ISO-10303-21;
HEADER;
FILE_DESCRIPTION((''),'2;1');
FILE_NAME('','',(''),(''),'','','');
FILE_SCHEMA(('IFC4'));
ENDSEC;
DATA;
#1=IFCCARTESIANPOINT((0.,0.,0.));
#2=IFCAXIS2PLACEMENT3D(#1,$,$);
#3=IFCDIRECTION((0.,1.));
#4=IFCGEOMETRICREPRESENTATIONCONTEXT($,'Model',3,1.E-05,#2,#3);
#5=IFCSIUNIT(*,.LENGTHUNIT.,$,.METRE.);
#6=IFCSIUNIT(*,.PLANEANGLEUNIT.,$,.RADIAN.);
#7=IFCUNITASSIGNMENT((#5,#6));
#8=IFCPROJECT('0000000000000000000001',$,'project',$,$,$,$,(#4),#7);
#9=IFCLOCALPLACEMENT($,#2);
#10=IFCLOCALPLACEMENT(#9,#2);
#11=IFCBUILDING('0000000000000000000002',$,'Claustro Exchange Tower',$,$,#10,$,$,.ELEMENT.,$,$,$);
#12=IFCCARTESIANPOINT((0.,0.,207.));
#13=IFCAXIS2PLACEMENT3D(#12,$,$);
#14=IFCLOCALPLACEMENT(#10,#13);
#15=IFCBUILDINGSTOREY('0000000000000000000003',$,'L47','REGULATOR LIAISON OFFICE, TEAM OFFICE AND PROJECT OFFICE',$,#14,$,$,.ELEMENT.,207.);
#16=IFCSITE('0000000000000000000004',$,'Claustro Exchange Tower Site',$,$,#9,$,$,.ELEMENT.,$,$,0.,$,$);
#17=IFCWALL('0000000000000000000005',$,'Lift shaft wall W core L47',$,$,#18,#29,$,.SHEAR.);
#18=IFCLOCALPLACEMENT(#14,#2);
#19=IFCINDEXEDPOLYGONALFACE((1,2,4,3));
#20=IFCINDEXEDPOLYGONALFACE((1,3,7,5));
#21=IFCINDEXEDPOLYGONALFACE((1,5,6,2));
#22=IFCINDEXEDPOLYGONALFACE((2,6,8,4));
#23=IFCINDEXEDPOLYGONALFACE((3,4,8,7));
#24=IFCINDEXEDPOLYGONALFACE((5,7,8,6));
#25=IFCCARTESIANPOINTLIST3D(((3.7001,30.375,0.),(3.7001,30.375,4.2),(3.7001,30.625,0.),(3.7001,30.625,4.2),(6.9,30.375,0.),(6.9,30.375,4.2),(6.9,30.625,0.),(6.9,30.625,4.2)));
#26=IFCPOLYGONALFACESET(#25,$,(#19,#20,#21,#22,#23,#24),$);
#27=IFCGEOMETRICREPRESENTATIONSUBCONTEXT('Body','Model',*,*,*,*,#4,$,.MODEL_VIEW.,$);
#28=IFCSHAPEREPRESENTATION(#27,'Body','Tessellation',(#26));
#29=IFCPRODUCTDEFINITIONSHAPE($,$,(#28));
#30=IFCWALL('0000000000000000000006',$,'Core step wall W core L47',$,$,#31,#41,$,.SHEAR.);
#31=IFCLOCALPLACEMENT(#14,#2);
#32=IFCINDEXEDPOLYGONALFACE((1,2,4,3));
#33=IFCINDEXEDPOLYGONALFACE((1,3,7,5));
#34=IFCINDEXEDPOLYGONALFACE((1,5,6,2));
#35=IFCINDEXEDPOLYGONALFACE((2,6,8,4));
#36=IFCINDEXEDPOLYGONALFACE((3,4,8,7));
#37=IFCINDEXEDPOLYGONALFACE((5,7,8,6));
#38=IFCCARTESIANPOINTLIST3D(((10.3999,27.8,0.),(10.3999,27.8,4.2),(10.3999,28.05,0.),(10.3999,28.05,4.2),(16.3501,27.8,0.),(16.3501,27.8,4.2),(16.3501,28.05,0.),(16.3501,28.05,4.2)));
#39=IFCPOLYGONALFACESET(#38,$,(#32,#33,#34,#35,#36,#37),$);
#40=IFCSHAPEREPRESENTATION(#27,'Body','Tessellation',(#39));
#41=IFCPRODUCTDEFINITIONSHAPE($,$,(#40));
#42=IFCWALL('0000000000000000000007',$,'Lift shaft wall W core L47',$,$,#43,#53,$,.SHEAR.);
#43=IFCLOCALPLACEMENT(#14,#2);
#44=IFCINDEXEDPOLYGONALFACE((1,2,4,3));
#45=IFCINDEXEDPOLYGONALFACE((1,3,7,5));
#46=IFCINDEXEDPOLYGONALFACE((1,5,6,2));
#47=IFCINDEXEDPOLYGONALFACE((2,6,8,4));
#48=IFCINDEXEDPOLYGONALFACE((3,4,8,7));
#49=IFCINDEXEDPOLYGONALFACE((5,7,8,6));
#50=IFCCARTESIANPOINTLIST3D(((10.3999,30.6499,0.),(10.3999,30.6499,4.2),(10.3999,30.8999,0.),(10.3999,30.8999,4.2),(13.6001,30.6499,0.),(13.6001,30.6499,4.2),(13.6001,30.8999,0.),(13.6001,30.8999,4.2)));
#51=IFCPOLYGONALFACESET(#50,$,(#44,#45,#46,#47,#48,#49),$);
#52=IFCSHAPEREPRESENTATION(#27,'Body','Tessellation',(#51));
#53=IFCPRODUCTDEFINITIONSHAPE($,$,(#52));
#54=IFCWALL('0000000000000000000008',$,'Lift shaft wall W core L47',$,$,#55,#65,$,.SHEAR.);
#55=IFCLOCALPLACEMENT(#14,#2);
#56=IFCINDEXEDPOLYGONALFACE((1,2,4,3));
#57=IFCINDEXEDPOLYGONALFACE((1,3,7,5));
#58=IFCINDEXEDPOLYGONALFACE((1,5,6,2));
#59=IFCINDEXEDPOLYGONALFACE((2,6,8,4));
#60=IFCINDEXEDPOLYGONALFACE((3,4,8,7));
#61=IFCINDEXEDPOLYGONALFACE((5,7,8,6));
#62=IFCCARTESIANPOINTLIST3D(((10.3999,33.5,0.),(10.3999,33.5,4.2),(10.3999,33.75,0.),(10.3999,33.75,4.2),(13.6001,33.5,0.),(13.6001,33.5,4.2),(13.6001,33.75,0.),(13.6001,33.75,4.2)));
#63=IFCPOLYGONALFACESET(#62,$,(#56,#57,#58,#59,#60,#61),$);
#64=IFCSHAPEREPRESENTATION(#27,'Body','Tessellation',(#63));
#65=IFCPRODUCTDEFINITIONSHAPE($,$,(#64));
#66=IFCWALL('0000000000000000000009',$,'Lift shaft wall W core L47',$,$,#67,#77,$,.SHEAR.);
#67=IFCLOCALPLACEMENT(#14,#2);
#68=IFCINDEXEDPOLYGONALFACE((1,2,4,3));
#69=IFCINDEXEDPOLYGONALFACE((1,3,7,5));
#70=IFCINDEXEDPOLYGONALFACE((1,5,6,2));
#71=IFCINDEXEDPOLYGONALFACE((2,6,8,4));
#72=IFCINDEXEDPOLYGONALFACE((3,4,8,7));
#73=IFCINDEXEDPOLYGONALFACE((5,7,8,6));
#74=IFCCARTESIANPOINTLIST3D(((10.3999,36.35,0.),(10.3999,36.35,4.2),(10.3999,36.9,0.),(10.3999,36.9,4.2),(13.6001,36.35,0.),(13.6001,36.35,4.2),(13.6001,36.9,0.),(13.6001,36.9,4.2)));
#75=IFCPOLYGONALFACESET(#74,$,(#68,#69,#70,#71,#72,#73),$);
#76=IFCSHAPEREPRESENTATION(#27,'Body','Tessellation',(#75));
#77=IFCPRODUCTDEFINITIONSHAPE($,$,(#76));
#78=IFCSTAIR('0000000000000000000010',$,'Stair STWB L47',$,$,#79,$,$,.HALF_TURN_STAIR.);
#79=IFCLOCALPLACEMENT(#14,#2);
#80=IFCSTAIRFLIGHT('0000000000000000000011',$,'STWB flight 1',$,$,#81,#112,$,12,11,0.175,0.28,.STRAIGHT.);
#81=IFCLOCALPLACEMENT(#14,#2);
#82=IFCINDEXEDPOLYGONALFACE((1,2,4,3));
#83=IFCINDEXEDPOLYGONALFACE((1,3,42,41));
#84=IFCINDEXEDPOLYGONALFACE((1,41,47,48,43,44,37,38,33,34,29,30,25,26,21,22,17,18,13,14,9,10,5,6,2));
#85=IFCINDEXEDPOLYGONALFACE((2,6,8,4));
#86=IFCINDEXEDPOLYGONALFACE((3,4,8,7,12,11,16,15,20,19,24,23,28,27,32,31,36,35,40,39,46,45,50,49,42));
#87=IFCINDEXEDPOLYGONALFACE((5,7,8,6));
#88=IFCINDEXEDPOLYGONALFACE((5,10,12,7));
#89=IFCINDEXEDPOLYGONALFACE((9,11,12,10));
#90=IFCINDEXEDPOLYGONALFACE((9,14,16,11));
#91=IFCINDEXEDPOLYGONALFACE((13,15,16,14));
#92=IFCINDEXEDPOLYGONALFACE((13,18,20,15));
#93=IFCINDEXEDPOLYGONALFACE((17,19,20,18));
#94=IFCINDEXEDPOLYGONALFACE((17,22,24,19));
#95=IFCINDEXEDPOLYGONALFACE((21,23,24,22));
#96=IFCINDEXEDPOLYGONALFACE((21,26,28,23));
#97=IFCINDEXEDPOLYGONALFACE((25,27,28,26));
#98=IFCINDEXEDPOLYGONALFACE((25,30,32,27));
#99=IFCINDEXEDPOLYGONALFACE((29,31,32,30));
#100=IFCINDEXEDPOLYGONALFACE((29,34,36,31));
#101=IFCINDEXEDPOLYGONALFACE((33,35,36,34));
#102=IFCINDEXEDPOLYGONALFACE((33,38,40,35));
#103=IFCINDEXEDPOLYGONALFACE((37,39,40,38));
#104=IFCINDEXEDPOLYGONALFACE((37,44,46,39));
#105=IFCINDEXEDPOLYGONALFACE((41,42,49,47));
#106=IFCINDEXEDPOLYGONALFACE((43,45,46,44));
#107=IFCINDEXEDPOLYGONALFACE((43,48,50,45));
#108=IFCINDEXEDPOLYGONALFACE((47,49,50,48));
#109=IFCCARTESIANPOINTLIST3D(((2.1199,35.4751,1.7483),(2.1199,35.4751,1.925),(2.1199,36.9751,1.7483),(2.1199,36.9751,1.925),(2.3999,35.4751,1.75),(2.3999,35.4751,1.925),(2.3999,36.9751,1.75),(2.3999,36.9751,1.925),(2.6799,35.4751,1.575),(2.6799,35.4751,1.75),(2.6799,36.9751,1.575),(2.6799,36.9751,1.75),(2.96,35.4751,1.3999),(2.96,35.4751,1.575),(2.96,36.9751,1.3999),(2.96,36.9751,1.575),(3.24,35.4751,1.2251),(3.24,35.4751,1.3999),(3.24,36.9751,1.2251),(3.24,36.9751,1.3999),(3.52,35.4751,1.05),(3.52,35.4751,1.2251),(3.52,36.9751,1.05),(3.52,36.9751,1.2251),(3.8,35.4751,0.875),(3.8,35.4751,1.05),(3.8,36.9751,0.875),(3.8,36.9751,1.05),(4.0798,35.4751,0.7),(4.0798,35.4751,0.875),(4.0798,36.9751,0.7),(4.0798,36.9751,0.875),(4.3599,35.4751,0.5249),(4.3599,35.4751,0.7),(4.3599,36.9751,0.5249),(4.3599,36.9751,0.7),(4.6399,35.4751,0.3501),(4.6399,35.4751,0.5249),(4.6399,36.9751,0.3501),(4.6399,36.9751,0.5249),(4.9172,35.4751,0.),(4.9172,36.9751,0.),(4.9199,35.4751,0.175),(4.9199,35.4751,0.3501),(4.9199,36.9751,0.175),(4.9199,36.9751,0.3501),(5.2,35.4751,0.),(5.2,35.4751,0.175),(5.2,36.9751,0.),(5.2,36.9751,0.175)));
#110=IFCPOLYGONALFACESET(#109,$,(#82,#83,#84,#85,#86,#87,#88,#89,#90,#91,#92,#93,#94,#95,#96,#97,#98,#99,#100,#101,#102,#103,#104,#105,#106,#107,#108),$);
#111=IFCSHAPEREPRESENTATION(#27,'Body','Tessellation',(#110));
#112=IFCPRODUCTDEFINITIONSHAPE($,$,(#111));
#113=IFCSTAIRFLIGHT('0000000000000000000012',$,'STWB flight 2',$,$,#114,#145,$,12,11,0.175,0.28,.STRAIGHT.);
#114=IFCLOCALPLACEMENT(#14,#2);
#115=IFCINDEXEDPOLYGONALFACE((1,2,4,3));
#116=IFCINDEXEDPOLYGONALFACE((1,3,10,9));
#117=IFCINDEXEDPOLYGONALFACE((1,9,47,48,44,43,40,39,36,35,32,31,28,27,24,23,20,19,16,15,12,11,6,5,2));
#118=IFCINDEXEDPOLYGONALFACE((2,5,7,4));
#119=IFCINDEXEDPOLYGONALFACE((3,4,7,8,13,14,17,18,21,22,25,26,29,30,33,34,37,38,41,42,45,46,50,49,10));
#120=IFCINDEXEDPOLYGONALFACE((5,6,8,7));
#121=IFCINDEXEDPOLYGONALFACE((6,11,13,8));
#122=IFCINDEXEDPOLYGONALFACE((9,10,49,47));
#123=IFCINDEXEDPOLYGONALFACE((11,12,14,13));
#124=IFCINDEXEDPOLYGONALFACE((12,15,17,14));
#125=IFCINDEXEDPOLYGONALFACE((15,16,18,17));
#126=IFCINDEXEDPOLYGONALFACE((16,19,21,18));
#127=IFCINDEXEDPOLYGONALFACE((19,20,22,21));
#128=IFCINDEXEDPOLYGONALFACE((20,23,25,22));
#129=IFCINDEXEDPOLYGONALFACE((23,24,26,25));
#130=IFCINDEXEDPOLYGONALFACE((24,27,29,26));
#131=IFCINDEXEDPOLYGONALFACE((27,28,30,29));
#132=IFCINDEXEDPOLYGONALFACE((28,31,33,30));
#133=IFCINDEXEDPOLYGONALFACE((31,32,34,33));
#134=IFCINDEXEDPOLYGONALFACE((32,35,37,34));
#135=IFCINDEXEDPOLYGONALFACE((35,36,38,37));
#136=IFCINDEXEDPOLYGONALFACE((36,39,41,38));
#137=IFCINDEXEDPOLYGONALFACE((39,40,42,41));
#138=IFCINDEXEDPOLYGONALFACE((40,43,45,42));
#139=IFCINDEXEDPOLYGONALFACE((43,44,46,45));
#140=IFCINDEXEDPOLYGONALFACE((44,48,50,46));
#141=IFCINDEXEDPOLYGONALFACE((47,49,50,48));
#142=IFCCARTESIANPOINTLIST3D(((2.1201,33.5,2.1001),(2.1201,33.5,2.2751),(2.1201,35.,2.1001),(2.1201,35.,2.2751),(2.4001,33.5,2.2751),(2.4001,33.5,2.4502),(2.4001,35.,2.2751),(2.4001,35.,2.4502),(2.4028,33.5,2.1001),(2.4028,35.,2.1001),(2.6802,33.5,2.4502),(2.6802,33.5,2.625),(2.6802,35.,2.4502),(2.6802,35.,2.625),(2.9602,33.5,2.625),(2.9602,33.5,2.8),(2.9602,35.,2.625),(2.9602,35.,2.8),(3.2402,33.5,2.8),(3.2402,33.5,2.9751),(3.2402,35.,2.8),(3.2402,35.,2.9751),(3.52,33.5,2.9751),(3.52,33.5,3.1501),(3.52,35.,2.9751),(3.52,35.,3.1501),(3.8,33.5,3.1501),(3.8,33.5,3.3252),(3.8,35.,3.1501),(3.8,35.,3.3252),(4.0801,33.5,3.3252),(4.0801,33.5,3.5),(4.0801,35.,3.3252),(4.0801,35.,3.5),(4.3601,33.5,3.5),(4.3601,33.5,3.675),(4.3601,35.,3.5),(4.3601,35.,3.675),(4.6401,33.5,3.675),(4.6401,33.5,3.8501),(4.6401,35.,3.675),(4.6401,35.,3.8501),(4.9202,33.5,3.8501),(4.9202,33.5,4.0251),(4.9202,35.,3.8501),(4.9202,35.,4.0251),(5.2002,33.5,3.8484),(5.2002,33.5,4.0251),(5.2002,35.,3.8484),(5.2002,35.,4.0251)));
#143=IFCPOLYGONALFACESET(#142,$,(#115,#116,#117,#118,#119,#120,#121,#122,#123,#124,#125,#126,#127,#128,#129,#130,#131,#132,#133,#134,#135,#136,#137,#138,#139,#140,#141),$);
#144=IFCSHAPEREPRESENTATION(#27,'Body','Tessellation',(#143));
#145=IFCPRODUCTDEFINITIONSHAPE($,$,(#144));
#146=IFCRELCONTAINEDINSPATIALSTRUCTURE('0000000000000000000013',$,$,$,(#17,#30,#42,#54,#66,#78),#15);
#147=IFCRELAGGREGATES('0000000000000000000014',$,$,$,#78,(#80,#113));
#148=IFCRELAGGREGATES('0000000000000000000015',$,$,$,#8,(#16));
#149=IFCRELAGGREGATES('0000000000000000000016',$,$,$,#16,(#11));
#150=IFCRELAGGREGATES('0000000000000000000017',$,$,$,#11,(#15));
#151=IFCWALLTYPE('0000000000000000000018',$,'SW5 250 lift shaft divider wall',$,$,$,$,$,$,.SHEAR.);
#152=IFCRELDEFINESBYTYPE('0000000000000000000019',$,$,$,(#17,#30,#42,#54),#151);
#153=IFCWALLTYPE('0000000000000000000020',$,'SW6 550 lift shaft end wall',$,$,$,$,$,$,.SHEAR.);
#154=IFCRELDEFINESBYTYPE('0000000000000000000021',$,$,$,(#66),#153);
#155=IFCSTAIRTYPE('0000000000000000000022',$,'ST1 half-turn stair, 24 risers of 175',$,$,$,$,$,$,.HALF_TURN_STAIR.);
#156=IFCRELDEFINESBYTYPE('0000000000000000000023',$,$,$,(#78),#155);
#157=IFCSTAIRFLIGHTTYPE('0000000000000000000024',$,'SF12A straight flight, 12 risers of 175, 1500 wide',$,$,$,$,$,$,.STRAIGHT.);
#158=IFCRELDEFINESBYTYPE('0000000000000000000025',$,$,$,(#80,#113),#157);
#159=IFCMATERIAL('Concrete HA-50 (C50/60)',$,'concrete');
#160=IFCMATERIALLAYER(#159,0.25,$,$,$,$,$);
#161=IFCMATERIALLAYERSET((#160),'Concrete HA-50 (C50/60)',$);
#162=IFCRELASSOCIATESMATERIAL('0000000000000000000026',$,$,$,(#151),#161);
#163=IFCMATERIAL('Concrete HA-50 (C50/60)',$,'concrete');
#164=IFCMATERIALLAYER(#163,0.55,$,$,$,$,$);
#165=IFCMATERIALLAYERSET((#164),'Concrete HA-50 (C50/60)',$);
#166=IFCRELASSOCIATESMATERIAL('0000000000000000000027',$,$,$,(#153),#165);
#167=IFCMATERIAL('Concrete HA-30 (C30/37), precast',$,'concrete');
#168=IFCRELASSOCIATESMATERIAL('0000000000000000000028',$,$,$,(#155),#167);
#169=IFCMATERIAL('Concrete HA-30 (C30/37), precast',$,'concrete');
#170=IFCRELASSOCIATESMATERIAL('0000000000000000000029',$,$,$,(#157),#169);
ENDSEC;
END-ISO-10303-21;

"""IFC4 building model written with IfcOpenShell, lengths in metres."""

from ifc_helpers import new_model, si_unit, direction, frame, frame_2d, origin, place, context, subcontext, project, spatial, polyline, rectangle, outline, extrude, material, layer, layer_set, type_object, element, aggregate, save


model = new_model("IFC4")

# Units and contexts
model_context = context("Model", 3, precision=1e-05, world=origin(), true_north=direction((0.0, 1.0)))
body_context = subcontext(model_context, "Body", "Model", "MODEL_VIEW")
ifc_project = project(units=[si_unit("LENGTHUNIT", "METRE"), si_unit("PLANEANGLEUNIT", "RADIAN")], contexts=[model_context])

# Site, building, storey
site_placement = place(None, origin())
site = spatial("IfcSite", under=ifc_project, at=site_placement, Name="Claustro Exchange Tower Site", CompositionType="ELEMENT", RefElevation=0.0)
building_placement = place(site_placement, origin())
building = spatial("IfcBuilding", under=site, at=building_placement, Name="Claustro Exchange Tower", CompositionType="ELEMENT")
storey_placement = place(building_placement, frame((0.0, 0.0, 207.0)))
storey = spatial("IfcBuildingStorey", under=building, at=storey_placement, Name="L47", Description="REGULATOR LIAISON OFFICE, TEAM OFFICE AND PROJECT OFFICE", CompositionType="ELEMENT", Elevation=207.0)

# Walls
ifc_material_1 = material(Name="Concrete HA-50 (C50/60)", Category="concrete")
ifc_layer_1 = layer(ifc_material_1, 0.25)
ifc_layer_set_1 = layer_set([ifc_layer_1], Name="Concrete HA-50 (C50/60)")
wall_type_1 = type_object("IfcWallType", Name="SW5 250 lift shaft divider wall", PredefinedType="SHEAR", material=ifc_layer_set_1)
wall_1_placement = place(storey_placement, frame((3.7, 30.5, 0.0), z_axis=(0.0, 0.0, 1.0), x_axis=(1.0, 0.0, 0.0)))
element("IfcWall", 1, at=wall_1_placement, inside=storey, type_object=wall_type_1, Name="Lift shaft wall W core L47", PredefinedType="SHEAR", context=body_context, shape_type="SweptSolid", body=[
    extrude(rectangle(XDim=3.2, YDim=0.25, at=frame_2d((1.6001, 0.0))), origin(), (0.0, 0.0, 1.0), 4.2),
])
wall_2_placement = place(storey_placement, frame((10.3999, 27.925, 0.0), z_axis=(0.0, 0.0, 1.0), x_axis=(1.0, 0.0, 0.0)))
element("IfcWall", 2, at=wall_2_placement, inside=storey, type_object=wall_type_1, Name="Core step wall W core L47", PredefinedType="SHEAR", context=body_context, shape_type="SweptSolid", body=[
    extrude(rectangle(XDim=5.9502, YDim=0.25, at=frame_2d((2.9751, 0.0))), origin(), (0.0, 0.0, 1.0), 4.2),
])
for number, where, z_axis, x_axis, name in (
    (3, (10.3999, 30.7749, 0.0), (0.0, 0.0, 1.0), (1.0, 0.0, 0.0), "Lift shaft wall W core L47"),
    (4, (10.3999, 33.625, 0.0), (0.0, 0.0, 1.0), (1.0, 0.0, 0.0), "Lift shaft wall W core L47"),
):
    element("IfcWall", number, at=place(storey_placement, frame(where, z_axis=z_axis, x_axis=x_axis)), inside=storey, type_object=wall_type_1, Name=name, PredefinedType="SHEAR", context=body_context, shape_type="SweptSolid", body=[
        extrude(rectangle(XDim=3.2002, YDim=0.25, at=frame_2d((1.6001, 0.0))), origin(), (0.0, 0.0, 1.0), 4.2),
    ])
ifc_material_2 = material(Name="Concrete HA-50 (C50/60)", Category="concrete")
ifc_layer_2 = layer(ifc_material_2, 0.55)
ifc_layer_set_2 = layer_set([ifc_layer_2], Name="Concrete HA-50 (C50/60)")
wall_type_2 = type_object("IfcWallType", Name="SW6 550 lift shaft end wall", PredefinedType="SHEAR", material=ifc_layer_set_2)
wall_3_placement = place(storey_placement, frame((10.3999, 36.625, 0.0), z_axis=(0.0, 0.0, 1.0), x_axis=(1.0, 0.0, 0.0)))
element("IfcWall", 5, at=wall_3_placement, inside=storey, type_object=wall_type_2, Name="Lift shaft wall W core L47", PredefinedType="SHEAR", context=body_context, shape_type="SweptSolid", body=[
    extrude(rectangle(XDim=3.2002, YDim=0.55, at=frame_2d((1.6001, 0.0))), origin(), (0.0, 0.0, 1.0), 4.2),
])

# Stair, stair flights
ifc_material_3 = material(Name="Concrete HA-30 (C30/37), precast", Category="concrete")
stair_type = type_object("IfcStairType", Name="ST1 half-turn stair, 24 risers of 175", PredefinedType="HALF_TURN_STAIR", material=ifc_material_3)
stair_placement = place(storey_placement, origin())
stair = element("IfcStair", 6, at=stair_placement, inside=storey, type_object=stair_type, Name="Stair STWB L47", PredefinedType="HALF_TURN_STAIR")
ifc_material_4 = material(Name="Concrete HA-30 (C30/37), precast", Category="concrete")
stair_flight_type = type_object("IfcStairFlightType", Name="SF12A straight flight, 12 risers of 175, 1500 wide", PredefinedType="STRAIGHT", material=ifc_material_4)
stair_flight_1_placement = place(storey_placement, frame((5.2, 36.2251, 0.0), z_axis=(0.0, 0.0, 1.0), x_axis=(-1.0, 0.0, 0.0)))
stair_flight_1 = element("IfcStairFlight", 7, at=stair_flight_1_placement, type_object=stair_flight_type, Name="STWB flight 1", NumberOfRisers=12, NumberOfTreads=11, PredefinedType="STRAIGHT", RiserHeight=0.175, TreadLength=0.28, context=body_context, shape_type="SweptSolid", body=[
    extrude(outline(polyline([(0.0, 0.0), (0.0, 0.175), (0.28, 0.175), (0.28, 0.3501), (0.5601, 0.3501), (0.5601, 0.5249), (0.8401, 0.5249), (0.8401, 0.7), (1.1201, 0.7), (1.1201, 0.875), (1.3999, 0.875), (1.3999, 1.05), (1.6799, 1.05), (1.6799, 1.2251), (1.96, 1.2251), (1.96, 1.3999), (2.24, 1.3999), (2.24, 1.575), (2.52, 1.575), (2.52, 1.75), (2.8, 1.75), (2.8, 1.925), (3.0801, 1.925), (3.0801, 2.1001), (3.0801, 1.7483), (0.2827, 0.0), (0.0, 0.0)])), frame((0.0, 0.75, 0.0), z_axis=(0.0, -1.0, 0.0), x_axis=(1.0, 0.0, 0.0)), (0.0, 0.0, 1.0), 1.5),
])
stair_flight_2_placement = place(storey_placement, frame((2.1201, 34.25, 2.1001), z_axis=(0.0, 0.0, 1.0), x_axis=(1.0, 0.0, 0.0)))
stair_flight_2 = element("IfcStairFlight", 8, at=stair_flight_2_placement, type_object=stair_flight_type, Name="STWB flight 2", NumberOfRisers=12, NumberOfTreads=11, PredefinedType="STRAIGHT", RiserHeight=0.175, TreadLength=0.28, context=body_context, shape_type="SweptSolid", body=[
    extrude(outline(polyline([(0.0, 0.0), (0.0, 0.175), (0.28, 0.175), (0.28, 0.3501), (0.5601, 0.3501), (0.5601, 0.5249), (0.8401, 0.5249), (0.8401, 0.7), (1.1201, 0.7), (1.1201, 0.875), (1.3999, 0.875), (1.3999, 1.05), (1.6799, 1.05), (1.6799, 1.2251), (1.96, 1.2251), (1.96, 1.3999), (2.24, 1.3999), (2.24, 1.575), (2.52, 1.575), (2.52, 1.75), (2.8, 1.75), (2.8, 1.925), (3.0801, 1.925), (3.0801, 2.1001), (3.0801, 1.7483), (0.2827, 0.0), (0.0, 0.0)])), frame((0.0, 0.75, 0.0), z_axis=(0.0, -1.0, 0.0), x_axis=(1.0, 0.0, 0.0)), (0.0, 0.0, 1.0), 1.5),
])
aggregate(stair, [stair_flight_1, stair_flight_2])

save(model, "model.ifc")
